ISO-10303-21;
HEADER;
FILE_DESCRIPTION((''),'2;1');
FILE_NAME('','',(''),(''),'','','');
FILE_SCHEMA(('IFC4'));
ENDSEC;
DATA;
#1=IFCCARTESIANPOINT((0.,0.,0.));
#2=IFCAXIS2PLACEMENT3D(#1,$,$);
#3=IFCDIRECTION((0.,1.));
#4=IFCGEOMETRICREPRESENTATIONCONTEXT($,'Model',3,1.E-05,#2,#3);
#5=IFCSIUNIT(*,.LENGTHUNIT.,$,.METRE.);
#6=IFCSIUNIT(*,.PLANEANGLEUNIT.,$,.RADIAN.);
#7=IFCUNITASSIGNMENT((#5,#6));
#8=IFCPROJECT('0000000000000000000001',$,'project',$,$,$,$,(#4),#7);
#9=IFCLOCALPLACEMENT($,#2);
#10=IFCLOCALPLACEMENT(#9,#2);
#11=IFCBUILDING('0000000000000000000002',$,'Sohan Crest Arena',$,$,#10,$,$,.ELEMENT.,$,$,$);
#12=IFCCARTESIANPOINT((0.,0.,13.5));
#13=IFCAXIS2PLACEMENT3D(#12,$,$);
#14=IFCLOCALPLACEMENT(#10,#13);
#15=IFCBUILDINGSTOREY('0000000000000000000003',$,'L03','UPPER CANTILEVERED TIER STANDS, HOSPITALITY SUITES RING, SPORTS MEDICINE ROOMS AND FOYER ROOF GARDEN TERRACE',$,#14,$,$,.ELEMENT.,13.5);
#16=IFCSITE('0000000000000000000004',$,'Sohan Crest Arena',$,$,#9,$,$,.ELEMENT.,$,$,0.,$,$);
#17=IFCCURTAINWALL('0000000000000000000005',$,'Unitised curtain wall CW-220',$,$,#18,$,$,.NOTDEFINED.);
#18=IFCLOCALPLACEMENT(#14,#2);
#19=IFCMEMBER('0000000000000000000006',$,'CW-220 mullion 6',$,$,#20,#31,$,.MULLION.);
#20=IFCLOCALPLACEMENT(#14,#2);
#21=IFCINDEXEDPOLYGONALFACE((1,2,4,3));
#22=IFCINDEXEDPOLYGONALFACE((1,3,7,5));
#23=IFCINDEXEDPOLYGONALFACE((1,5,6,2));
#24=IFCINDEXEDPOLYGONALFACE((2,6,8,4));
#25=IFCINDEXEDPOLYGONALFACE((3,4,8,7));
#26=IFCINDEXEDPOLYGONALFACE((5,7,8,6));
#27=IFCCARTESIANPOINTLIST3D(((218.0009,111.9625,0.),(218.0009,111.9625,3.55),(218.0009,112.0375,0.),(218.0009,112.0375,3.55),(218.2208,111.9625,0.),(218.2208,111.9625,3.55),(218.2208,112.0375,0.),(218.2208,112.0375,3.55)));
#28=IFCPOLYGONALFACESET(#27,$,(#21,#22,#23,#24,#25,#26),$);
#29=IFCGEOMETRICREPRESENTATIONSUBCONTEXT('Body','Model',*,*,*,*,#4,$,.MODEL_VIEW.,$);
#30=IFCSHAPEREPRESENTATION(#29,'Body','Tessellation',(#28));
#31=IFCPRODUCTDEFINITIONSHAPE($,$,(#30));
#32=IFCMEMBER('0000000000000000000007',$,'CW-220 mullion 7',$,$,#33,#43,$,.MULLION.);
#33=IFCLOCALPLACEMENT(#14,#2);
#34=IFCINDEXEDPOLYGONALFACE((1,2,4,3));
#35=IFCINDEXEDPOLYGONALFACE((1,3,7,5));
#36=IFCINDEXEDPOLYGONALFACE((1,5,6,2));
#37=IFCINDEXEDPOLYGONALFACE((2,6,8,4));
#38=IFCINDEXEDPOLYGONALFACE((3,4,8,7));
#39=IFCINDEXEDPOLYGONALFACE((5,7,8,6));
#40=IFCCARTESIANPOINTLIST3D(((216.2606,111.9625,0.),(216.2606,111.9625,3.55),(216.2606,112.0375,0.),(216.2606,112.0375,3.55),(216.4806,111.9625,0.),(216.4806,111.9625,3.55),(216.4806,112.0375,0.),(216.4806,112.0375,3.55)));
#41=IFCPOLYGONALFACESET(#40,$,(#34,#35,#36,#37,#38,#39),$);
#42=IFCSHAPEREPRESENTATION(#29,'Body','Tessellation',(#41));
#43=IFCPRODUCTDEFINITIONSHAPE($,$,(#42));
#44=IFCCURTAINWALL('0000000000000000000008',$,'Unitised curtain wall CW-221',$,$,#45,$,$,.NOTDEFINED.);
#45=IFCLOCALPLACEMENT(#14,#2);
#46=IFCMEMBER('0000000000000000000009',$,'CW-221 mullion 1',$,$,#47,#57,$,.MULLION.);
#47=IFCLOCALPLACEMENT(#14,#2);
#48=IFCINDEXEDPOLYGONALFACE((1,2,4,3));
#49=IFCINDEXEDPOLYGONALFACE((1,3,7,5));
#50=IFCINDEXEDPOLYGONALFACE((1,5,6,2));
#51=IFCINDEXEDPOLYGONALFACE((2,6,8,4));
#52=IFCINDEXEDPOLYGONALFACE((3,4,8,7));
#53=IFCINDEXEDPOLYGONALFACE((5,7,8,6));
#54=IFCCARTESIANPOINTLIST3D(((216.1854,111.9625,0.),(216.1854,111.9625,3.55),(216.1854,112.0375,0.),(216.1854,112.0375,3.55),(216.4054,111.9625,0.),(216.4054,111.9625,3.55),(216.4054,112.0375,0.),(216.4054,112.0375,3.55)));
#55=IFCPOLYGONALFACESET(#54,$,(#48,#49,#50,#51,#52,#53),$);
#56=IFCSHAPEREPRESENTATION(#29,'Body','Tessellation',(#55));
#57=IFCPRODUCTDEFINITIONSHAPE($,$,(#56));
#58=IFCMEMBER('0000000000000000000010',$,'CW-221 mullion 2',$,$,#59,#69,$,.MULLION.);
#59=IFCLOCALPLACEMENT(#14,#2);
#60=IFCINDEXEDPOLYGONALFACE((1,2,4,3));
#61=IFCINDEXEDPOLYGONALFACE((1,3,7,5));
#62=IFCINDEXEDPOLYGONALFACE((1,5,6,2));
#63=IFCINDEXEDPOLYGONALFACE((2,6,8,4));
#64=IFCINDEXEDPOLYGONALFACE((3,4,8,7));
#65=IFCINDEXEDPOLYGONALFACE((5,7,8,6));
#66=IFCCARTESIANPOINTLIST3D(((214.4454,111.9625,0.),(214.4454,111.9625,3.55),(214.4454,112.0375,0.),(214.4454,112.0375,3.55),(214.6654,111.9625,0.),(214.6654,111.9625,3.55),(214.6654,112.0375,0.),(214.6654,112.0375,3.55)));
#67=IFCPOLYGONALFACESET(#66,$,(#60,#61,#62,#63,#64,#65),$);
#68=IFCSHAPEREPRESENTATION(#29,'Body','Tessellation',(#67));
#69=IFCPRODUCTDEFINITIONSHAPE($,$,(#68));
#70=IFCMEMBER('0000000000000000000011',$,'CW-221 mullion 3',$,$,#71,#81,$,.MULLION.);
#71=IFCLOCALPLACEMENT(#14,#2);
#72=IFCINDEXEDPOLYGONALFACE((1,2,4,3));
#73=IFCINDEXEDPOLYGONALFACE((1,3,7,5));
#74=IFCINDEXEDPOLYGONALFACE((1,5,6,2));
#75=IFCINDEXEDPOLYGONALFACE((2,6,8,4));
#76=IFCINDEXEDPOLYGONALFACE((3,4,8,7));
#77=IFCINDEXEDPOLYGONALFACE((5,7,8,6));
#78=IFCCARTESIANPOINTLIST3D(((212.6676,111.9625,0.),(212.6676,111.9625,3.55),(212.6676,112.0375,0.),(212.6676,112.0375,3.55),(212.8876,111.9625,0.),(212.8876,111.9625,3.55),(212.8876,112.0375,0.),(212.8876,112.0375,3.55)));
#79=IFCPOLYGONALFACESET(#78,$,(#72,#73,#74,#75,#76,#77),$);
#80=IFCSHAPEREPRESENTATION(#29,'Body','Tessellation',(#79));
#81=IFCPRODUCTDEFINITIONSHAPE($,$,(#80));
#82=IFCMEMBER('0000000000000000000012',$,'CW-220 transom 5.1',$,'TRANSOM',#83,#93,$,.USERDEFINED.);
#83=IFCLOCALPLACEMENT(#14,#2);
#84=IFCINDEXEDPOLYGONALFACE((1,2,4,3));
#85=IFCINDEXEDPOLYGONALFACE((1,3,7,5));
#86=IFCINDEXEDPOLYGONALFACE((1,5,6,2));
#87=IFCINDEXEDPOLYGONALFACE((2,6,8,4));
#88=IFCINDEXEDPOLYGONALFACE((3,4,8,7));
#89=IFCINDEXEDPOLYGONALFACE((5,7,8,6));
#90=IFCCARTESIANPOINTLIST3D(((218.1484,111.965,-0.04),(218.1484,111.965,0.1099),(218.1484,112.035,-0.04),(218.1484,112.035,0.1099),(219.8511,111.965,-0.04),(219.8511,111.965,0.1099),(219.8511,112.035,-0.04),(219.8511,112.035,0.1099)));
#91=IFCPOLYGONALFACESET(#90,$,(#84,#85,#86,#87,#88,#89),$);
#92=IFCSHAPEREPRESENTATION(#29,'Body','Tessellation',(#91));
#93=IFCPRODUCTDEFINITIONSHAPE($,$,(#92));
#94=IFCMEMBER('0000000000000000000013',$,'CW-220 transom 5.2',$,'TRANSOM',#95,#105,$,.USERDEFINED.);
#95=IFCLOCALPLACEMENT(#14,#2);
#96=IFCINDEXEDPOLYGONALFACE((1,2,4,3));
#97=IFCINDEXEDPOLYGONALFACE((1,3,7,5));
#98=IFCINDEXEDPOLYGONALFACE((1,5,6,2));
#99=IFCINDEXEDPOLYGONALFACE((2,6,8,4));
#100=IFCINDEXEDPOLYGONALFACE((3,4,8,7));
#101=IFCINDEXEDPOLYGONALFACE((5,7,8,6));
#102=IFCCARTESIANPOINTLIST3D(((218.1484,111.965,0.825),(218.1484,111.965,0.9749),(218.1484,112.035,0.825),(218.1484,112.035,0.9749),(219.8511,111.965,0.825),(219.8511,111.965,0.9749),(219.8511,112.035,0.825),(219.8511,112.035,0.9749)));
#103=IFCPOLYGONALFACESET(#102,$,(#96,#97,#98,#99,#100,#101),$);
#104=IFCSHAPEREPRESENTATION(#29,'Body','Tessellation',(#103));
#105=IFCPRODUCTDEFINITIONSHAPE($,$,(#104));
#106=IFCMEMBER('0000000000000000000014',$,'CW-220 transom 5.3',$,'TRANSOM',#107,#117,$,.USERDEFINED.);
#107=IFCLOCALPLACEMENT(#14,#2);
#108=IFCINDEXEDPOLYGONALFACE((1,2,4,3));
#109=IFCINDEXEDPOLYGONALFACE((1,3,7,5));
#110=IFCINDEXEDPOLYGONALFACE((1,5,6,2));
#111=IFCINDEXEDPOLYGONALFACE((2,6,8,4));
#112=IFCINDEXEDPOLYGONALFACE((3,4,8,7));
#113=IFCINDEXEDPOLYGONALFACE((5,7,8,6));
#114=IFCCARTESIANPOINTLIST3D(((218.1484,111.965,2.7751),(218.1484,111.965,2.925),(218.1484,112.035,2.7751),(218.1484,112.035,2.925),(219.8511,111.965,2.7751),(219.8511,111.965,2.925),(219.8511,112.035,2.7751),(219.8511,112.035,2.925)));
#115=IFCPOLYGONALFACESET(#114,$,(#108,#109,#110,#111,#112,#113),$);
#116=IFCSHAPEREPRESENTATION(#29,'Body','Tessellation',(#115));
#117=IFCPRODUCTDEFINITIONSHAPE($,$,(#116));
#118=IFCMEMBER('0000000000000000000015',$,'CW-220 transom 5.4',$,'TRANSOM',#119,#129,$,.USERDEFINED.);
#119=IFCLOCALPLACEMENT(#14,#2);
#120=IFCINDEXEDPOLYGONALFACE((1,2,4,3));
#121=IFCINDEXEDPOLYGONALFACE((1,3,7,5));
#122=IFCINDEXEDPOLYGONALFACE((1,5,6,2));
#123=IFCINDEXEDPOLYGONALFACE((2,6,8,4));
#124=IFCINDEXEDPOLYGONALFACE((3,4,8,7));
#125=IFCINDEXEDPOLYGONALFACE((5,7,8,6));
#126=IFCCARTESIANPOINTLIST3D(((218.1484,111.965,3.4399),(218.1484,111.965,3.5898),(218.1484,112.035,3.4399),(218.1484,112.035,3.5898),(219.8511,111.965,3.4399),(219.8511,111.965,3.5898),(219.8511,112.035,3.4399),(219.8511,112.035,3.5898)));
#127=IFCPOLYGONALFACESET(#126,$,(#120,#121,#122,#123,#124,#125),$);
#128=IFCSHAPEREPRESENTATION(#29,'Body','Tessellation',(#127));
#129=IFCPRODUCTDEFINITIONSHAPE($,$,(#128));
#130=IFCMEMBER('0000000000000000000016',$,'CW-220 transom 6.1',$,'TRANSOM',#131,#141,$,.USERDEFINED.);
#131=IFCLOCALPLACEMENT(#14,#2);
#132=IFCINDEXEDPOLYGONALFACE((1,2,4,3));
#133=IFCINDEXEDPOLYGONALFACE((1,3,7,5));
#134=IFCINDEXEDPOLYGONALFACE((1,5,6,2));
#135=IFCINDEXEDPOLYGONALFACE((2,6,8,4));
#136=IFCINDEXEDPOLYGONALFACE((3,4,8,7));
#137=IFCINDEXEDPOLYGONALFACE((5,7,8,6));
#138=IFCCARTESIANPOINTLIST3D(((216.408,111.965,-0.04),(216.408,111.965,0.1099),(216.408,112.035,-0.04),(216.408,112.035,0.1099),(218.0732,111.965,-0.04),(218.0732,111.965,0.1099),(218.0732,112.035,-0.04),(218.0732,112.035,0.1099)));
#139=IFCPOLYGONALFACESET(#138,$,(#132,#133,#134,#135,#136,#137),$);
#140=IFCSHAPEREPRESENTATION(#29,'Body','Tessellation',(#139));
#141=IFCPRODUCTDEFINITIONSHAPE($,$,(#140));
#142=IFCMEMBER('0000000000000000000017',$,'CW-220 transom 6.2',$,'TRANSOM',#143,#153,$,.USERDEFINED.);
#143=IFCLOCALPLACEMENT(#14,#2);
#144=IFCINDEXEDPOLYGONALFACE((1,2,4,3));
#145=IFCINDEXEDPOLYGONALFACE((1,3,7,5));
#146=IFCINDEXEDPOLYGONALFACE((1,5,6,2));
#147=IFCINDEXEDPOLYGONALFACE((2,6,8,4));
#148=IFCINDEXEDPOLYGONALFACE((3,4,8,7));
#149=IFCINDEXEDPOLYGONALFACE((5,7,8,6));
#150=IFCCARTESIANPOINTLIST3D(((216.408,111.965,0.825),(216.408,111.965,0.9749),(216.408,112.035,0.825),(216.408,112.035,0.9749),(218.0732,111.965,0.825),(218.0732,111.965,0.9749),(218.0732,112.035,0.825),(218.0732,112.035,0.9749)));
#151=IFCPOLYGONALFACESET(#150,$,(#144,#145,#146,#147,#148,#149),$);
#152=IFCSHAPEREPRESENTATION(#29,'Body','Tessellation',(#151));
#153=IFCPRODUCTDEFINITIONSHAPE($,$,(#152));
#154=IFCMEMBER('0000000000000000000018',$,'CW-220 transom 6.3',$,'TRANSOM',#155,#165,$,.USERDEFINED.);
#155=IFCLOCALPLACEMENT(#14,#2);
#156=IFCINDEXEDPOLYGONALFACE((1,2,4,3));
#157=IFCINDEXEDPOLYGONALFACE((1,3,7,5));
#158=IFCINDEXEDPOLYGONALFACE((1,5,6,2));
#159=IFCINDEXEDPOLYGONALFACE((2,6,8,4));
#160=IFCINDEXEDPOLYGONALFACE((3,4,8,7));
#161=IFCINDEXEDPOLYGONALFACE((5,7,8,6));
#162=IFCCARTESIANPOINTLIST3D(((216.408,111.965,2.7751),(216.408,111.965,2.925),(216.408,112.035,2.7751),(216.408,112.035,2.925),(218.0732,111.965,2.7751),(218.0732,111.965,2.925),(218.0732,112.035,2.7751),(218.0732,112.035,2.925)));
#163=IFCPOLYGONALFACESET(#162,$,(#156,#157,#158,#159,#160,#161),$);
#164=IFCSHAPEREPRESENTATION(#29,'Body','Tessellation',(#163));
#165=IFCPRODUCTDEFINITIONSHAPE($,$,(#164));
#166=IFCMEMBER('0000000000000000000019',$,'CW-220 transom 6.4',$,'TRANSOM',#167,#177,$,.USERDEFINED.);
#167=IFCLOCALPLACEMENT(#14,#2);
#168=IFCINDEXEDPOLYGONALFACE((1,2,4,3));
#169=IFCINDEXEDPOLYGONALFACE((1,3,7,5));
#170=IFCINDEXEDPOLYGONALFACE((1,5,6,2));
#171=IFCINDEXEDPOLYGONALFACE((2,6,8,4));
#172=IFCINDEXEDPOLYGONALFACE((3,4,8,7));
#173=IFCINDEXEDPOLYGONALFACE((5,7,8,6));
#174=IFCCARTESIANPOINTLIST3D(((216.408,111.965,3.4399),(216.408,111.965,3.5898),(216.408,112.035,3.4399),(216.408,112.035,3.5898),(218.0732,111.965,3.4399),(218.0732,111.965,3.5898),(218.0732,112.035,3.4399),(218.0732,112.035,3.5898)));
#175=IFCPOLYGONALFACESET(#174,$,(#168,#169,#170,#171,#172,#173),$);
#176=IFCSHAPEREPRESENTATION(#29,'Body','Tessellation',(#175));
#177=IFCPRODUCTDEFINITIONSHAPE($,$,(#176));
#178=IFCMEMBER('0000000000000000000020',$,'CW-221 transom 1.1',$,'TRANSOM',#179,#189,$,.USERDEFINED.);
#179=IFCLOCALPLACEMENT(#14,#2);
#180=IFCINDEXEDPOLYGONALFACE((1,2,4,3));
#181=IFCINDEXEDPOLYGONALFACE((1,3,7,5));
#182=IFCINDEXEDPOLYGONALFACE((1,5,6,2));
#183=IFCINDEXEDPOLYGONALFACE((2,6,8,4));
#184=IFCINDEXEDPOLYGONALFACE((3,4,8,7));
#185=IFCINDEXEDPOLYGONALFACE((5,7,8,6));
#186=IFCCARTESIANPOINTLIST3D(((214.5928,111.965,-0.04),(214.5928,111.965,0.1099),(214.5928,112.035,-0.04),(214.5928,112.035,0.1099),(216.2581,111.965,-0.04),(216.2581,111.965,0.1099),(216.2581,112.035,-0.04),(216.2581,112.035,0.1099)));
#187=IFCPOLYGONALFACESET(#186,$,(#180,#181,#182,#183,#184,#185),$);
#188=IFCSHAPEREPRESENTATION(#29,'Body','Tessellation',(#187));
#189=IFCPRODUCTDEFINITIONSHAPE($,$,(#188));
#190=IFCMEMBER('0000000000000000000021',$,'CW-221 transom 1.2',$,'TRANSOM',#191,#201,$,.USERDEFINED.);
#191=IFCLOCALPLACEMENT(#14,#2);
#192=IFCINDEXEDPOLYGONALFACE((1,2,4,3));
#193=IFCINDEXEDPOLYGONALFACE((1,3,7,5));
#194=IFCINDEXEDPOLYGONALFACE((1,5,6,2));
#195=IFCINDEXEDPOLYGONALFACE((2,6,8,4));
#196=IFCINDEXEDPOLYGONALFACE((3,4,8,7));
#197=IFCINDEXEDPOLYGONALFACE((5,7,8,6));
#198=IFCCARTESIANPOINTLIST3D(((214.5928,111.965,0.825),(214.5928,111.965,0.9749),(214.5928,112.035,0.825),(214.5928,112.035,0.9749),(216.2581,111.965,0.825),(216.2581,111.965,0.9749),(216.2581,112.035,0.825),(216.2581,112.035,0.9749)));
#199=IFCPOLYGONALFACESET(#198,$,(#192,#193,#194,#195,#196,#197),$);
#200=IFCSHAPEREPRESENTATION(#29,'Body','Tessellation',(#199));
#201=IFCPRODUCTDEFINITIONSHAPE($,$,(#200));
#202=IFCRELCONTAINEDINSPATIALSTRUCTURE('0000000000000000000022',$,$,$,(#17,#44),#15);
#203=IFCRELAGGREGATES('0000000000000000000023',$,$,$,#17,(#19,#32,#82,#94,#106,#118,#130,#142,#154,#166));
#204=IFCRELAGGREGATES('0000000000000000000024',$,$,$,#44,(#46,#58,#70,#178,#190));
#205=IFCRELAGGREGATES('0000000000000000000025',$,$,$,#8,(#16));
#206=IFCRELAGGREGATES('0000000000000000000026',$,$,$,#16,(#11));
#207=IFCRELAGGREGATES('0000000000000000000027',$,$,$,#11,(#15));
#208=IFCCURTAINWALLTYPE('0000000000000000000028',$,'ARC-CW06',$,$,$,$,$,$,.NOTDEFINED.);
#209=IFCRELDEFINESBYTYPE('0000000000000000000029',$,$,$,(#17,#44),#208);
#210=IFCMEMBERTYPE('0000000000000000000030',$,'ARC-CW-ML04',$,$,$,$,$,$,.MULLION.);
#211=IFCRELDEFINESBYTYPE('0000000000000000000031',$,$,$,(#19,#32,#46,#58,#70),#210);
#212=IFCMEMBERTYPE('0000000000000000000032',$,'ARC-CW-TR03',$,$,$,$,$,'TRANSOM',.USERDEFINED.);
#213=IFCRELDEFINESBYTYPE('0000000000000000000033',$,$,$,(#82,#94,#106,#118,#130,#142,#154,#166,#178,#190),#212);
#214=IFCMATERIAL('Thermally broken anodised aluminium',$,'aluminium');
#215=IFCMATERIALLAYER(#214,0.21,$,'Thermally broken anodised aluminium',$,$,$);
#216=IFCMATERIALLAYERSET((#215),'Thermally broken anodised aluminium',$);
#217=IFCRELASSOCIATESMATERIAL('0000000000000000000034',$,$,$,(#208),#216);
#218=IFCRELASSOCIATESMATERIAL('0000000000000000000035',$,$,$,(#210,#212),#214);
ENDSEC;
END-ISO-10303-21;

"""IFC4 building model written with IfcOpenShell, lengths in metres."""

from ifc_helpers import new_model, si_unit, direction, frame, origin, origin_2d, place, context, subcontext, project, spatial, rectangle, extrude, material, layer, layer_set, material_profile, profile_set, type_object, element, aggregate, save


model = new_model("IFC4")

# Units and contexts
model_context = context("Model", 3, precision=1e-05, world=origin(), true_north=direction((0.0, 1.0)))
body_context = subcontext(model_context, "Body", "Model", "MODEL_VIEW")
ifc_project = project(units=[si_unit("LENGTHUNIT", "METRE"), si_unit("PLANEANGLEUNIT", "RADIAN")], contexts=[model_context])

# Site, building, storey
site_placement = place(None, origin())
site = spatial("IfcSite", under=ifc_project, at=site_placement, Name="Sohan Crest Arena", CompositionType="ELEMENT", RefElevation=0.0)
building_placement = place(site_placement, origin())
building = spatial("IfcBuilding", under=site, at=building_placement, Name="Sohan Crest Arena", CompositionType="ELEMENT")
storey_placement = place(building_placement, frame((0.0, 0.0, 13.5)))
storey = spatial("IfcBuildingStorey", under=building, at=storey_placement, Name="L03", Description="UPPER CANTILEVERED TIER STANDS, HOSPITALITY SUITES RING, SPORTS MEDICINE ROOMS AND FOYER ROOF GARDEN TERRACE", CompositionType="ELEMENT", Elevation=13.5)

# Curtain walls, members
ifc_material_1 = material(Name="Thermally broken anodised aluminium", Category="aluminium")
ifc_layer_1 = layer(ifc_material_1, 0.21, Name="Thermally broken anodised aluminium")
ifc_layer_set_1 = layer_set([ifc_layer_1], Name="Thermally broken anodised aluminium")
curtain_wall_type = type_object("IfcCurtainWallType", Name="ARC-CW06", PredefinedType="NOTDEFINED", material=ifc_layer_set_1)
curtain_wall_1_placement = place(storey_placement, origin())
curtain_wall_1 = element("IfcCurtainWall", 1, at=curtain_wall_1_placement, inside=storey, type_object=curtain_wall_type, Name="Unitised curtain wall CW-220", PredefinedType="NOTDEFINED")
ifc_material_profile_1 = material_profile(ifc_material_1, rectangle(XDim=0.075, YDim=0.22, at=origin_2d()), Name="ALU-MULL 75x220")
ifc_profile_set_1 = profile_set([ifc_material_profile_1], Name="Thermally broken anodised aluminium")
member_type_1 = type_object("IfcMemberType", Name="ARC-CW-ML04", PredefinedType="MULLION", material=ifc_profile_set_1)
member_1_placement = place(storey_placement, frame((218.1108, 112.0, 0.0), z_axis=(0.0, 0.0, 1.0), x_axis=(0.0, -1.0, 0.0)))
member_1 = element("IfcMember", 2, at=member_1_placement, type_object=member_type_1, Name="CW-220 mullion 6", PredefinedType="MULLION", context=body_context, shape_type="SweptSolid", body=[
    extrude(rectangle(XDim=0.075, YDim=0.22, at=origin_2d()), origin(), (0.0, 0.0, 1.0), 3.55),
])
member_2_placement = place(storey_placement, frame((216.3706, 112.0, 0.0), z_axis=(0.0, 0.0, 1.0), x_axis=(0.0, -1.0, 0.0)))
member_2 = element("IfcMember", 3, at=member_2_placement, type_object=member_type_1, Name="CW-220 mullion 7", PredefinedType="MULLION", context=body_context, shape_type="SweptSolid", body=[
    extrude(rectangle(XDim=0.075, YDim=0.22, at=origin_2d()), origin(), (0.0, 0.0, 1.0), 3.55),
])
curtain_wall_2_placement = place(storey_placement, origin())
curtain_wall_2 = element("IfcCurtainWall", 4, at=curtain_wall_2_placement, inside=storey, type_object=curtain_wall_type, Name="Unitised curtain wall CW-221", PredefinedType="NOTDEFINED")
member_3_placement = place(storey_placement, frame((216.2954, 112.0, 0.0), z_axis=(0.0, 0.0, 1.0), x_axis=(0.0, -1.0, 0.0)))
member_3 = element("IfcMember", 5, at=member_3_placement, type_object=member_type_1, Name="CW-221 mullion 1", PredefinedType="MULLION", context=body_context, shape_type="SweptSolid", body=[
    extrude(rectangle(XDim=0.075, YDim=0.22, at=origin_2d()), origin(), (0.0, 0.0, 1.0), 3.55),
])
member_4_placement = place(storey_placement, frame((214.5554, 112.0, 0.0), z_axis=(0.0, 0.0, 1.0), x_axis=(0.0, -1.0, 0.0)))
member_4 = element("IfcMember", 6, at=member_4_placement, type_object=member_type_1, Name="CW-221 mullion 2", PredefinedType="MULLION", context=body_context, shape_type="SweptSolid", body=[
    extrude(rectangle(XDim=0.075, YDim=0.22, at=origin_2d()), origin(), (0.0, 0.0, 1.0), 3.55),
])
member_5_placement = place(storey_placement, frame((212.7776, 112.0, 0.0), z_axis=(0.0, 0.0, 1.0), x_axis=(0.0, -1.0, 0.0)))
member_5 = element("IfcMember", 7, at=member_5_placement, type_object=member_type_1, Name="CW-221 mullion 3", PredefinedType="MULLION", context=body_context, shape_type="SweptSolid", body=[
    extrude(rectangle(XDim=0.075, YDim=0.22, at=origin_2d()), origin(), (0.0, 0.0, 1.0), 3.55),
])

# Members
ifc_material_profile_2 = material_profile(ifc_material_1, rectangle(XDim=0.0701, YDim=0.1499, at=origin_2d()), Name="ALU-TRAN 70x150")
ifc_profile_set_2 = profile_set([ifc_material_profile_2], Name="Thermally broken anodised aluminium")
member_type_2 = type_object("IfcMemberType", Name="ARC-CW-TR03", ElementType="TRANSOM", PredefinedType="USERDEFINED", material=ifc_profile_set_2)
member_6_placement = place(storey_placement, frame((219.8511, 112.0, 0.0349), z_axis=(-1.0, 0.0, 0.0), x_axis=(0.0, -1.0, 0.0)))
member_6 = element("IfcMember", 8, at=member_6_placement, type_object=member_type_2, Name="CW-220 transom 5.1", ObjectType="TRANSOM", PredefinedType="USERDEFINED", context=body_context, shape_type="SweptSolid", body=[
    extrude(rectangle(XDim=0.0701, YDim=0.1499, at=origin_2d()), origin(), (0.0, 0.0, 1.0), 1.7026),
])
member_7_placement = place(storey_placement, frame((219.8511, 112.0, 0.8999), z_axis=(-1.0, 0.0, 0.0), x_axis=(0.0, -1.0, 0.0)))
member_7 = element("IfcMember", 9, at=member_7_placement, type_object=member_type_2, Name="CW-220 transom 5.2", ObjectType="TRANSOM", PredefinedType="USERDEFINED", context=body_context, shape_type="SweptSolid", body=[
    extrude(rectangle(XDim=0.0701, YDim=0.1499, at=origin_2d()), origin(), (0.0, 0.0, 1.0), 1.7026),
])
member_8_placement = place(storey_placement, frame((219.8511, 112.0, 2.8501), z_axis=(-1.0, 0.0, 0.0), x_axis=(0.0, -1.0, 0.0)))
member_8 = element("IfcMember", 10, at=member_8_placement, type_object=member_type_2, Name="CW-220 transom 5.3", ObjectType="TRANSOM", PredefinedType="USERDEFINED", context=body_context, shape_type="SweptSolid", body=[
    extrude(rectangle(XDim=0.0701, YDim=0.1499, at=origin_2d()), origin(), (0.0, 0.0, 1.0), 1.7026),
])
member_9_placement = place(storey_placement, frame((219.8511, 112.0, 3.5149), z_axis=(-1.0, 0.0, 0.0), x_axis=(0.0, -1.0, 0.0)))
member_9 = element("IfcMember", 11, at=member_9_placement, type_object=member_type_2, Name="CW-220 transom 5.4", ObjectType="TRANSOM", PredefinedType="USERDEFINED", context=body_context, shape_type="SweptSolid", body=[
    extrude(rectangle(XDim=0.0701, YDim=0.1499, at=origin_2d()), origin(), (0.0, 0.0, 1.0), 1.7026),
])
member_10_placement = place(storey_placement, frame((218.0732, 112.0, 0.0349), z_axis=(-1.0, 0.0, 0.0), x_axis=(0.0, -1.0, 0.0)))
member_10 = element("IfcMember", 12, at=member_10_placement, type_object=member_type_2, Name="CW-220 transom 6.1", ObjectType="TRANSOM", PredefinedType="USERDEFINED", context=body_context, shape_type="SweptSolid", body=[
    extrude(rectangle(XDim=0.0701, YDim=0.1499, at=origin_2d()), origin(), (0.0, 0.0, 1.0), 1.6653),
])
member_11_placement = place(storey_placement, frame((218.0732, 112.0, 0.8999), z_axis=(-1.0, 0.0, 0.0), x_axis=(0.0, -1.0, 0.0)))
member_11 = element("IfcMember", 13, at=member_11_placement, type_object=member_type_2, Name="CW-220 transom 6.2", ObjectType="TRANSOM", PredefinedType="USERDEFINED", context=body_context, shape_type="SweptSolid", body=[
    extrude(rectangle(XDim=0.0701, YDim=0.1499, at=origin_2d()), origin(), (0.0, 0.0, 1.0), 1.6653),
])
member_12_placement = place(storey_placement, frame((218.0732, 112.0, 2.8501), z_axis=(-1.0, 0.0, 0.0), x_axis=(0.0, -1.0, 0.0)))
member_12 = element("IfcMember", 14, at=member_12_placement, type_object=member_type_2, Name="CW-220 transom 6.3", ObjectType="TRANSOM", PredefinedType="USERDEFINED", context=body_context, shape_type="SweptSolid", body=[
    extrude(rectangle(XDim=0.0701, YDim=0.1499, at=origin_2d()), origin(), (0.0, 0.0, 1.0), 1.6653),
])
member_13_placement = place(storey_placement, frame((218.0732, 112.0, 3.5149), z_axis=(-1.0, 0.0, 0.0), x_axis=(0.0, -1.0, 0.0)))
member_13 = element("IfcMember", 15, at=member_13_placement, type_object=member_type_2, Name="CW-220 transom 6.4", ObjectType="TRANSOM", PredefinedType="USERDEFINED", context=body_context, shape_type="SweptSolid", body=[
    extrude(rectangle(XDim=0.0701, YDim=0.1499, at=origin_2d()), origin(), (0.0, 0.0, 1.0), 1.6653),
])
member_14_placement = place(storey_placement, frame((216.2581, 112.0, 0.0349), z_axis=(-1.0, 0.0, 0.0), x_axis=(0.0, -1.0, 0.0)))
member_14 = element("IfcMember", 16, at=member_14_placement, type_object=member_type_2, Name="CW-221 transom 1.1", ObjectType="TRANSOM", PredefinedType="USERDEFINED", context=body_context, shape_type="SweptSolid", body=[
    extrude(rectangle(XDim=0.0701, YDim=0.1499, at=origin_2d()), origin(), (0.0, 0.0, 1.0), 1.6653),
])
member_15_placement = place(storey_placement, frame((216.2581, 112.0, 0.8999), z_axis=(-1.0, 0.0, 0.0), x_axis=(0.0, -1.0, 0.0)))
member_15 = element("IfcMember", 17, at=member_15_placement, type_object=member_type_2, Name="CW-221 transom 1.2", ObjectType="TRANSOM", PredefinedType="USERDEFINED", context=body_context, shape_type="SweptSolid", body=[
    extrude(rectangle(XDim=0.0701, YDim=0.1499, at=origin_2d()), origin(), (0.0, 0.0, 1.0), 1.6653),
])

aggregate(curtain_wall_1, [member_1, member_2, member_6, member_7, member_8, member_9, member_10, member_11, member_12, member_13])
aggregate(curtain_wall_2, [member_3, member_4, member_5, member_14, member_15])

save(model, "model.ifc")
